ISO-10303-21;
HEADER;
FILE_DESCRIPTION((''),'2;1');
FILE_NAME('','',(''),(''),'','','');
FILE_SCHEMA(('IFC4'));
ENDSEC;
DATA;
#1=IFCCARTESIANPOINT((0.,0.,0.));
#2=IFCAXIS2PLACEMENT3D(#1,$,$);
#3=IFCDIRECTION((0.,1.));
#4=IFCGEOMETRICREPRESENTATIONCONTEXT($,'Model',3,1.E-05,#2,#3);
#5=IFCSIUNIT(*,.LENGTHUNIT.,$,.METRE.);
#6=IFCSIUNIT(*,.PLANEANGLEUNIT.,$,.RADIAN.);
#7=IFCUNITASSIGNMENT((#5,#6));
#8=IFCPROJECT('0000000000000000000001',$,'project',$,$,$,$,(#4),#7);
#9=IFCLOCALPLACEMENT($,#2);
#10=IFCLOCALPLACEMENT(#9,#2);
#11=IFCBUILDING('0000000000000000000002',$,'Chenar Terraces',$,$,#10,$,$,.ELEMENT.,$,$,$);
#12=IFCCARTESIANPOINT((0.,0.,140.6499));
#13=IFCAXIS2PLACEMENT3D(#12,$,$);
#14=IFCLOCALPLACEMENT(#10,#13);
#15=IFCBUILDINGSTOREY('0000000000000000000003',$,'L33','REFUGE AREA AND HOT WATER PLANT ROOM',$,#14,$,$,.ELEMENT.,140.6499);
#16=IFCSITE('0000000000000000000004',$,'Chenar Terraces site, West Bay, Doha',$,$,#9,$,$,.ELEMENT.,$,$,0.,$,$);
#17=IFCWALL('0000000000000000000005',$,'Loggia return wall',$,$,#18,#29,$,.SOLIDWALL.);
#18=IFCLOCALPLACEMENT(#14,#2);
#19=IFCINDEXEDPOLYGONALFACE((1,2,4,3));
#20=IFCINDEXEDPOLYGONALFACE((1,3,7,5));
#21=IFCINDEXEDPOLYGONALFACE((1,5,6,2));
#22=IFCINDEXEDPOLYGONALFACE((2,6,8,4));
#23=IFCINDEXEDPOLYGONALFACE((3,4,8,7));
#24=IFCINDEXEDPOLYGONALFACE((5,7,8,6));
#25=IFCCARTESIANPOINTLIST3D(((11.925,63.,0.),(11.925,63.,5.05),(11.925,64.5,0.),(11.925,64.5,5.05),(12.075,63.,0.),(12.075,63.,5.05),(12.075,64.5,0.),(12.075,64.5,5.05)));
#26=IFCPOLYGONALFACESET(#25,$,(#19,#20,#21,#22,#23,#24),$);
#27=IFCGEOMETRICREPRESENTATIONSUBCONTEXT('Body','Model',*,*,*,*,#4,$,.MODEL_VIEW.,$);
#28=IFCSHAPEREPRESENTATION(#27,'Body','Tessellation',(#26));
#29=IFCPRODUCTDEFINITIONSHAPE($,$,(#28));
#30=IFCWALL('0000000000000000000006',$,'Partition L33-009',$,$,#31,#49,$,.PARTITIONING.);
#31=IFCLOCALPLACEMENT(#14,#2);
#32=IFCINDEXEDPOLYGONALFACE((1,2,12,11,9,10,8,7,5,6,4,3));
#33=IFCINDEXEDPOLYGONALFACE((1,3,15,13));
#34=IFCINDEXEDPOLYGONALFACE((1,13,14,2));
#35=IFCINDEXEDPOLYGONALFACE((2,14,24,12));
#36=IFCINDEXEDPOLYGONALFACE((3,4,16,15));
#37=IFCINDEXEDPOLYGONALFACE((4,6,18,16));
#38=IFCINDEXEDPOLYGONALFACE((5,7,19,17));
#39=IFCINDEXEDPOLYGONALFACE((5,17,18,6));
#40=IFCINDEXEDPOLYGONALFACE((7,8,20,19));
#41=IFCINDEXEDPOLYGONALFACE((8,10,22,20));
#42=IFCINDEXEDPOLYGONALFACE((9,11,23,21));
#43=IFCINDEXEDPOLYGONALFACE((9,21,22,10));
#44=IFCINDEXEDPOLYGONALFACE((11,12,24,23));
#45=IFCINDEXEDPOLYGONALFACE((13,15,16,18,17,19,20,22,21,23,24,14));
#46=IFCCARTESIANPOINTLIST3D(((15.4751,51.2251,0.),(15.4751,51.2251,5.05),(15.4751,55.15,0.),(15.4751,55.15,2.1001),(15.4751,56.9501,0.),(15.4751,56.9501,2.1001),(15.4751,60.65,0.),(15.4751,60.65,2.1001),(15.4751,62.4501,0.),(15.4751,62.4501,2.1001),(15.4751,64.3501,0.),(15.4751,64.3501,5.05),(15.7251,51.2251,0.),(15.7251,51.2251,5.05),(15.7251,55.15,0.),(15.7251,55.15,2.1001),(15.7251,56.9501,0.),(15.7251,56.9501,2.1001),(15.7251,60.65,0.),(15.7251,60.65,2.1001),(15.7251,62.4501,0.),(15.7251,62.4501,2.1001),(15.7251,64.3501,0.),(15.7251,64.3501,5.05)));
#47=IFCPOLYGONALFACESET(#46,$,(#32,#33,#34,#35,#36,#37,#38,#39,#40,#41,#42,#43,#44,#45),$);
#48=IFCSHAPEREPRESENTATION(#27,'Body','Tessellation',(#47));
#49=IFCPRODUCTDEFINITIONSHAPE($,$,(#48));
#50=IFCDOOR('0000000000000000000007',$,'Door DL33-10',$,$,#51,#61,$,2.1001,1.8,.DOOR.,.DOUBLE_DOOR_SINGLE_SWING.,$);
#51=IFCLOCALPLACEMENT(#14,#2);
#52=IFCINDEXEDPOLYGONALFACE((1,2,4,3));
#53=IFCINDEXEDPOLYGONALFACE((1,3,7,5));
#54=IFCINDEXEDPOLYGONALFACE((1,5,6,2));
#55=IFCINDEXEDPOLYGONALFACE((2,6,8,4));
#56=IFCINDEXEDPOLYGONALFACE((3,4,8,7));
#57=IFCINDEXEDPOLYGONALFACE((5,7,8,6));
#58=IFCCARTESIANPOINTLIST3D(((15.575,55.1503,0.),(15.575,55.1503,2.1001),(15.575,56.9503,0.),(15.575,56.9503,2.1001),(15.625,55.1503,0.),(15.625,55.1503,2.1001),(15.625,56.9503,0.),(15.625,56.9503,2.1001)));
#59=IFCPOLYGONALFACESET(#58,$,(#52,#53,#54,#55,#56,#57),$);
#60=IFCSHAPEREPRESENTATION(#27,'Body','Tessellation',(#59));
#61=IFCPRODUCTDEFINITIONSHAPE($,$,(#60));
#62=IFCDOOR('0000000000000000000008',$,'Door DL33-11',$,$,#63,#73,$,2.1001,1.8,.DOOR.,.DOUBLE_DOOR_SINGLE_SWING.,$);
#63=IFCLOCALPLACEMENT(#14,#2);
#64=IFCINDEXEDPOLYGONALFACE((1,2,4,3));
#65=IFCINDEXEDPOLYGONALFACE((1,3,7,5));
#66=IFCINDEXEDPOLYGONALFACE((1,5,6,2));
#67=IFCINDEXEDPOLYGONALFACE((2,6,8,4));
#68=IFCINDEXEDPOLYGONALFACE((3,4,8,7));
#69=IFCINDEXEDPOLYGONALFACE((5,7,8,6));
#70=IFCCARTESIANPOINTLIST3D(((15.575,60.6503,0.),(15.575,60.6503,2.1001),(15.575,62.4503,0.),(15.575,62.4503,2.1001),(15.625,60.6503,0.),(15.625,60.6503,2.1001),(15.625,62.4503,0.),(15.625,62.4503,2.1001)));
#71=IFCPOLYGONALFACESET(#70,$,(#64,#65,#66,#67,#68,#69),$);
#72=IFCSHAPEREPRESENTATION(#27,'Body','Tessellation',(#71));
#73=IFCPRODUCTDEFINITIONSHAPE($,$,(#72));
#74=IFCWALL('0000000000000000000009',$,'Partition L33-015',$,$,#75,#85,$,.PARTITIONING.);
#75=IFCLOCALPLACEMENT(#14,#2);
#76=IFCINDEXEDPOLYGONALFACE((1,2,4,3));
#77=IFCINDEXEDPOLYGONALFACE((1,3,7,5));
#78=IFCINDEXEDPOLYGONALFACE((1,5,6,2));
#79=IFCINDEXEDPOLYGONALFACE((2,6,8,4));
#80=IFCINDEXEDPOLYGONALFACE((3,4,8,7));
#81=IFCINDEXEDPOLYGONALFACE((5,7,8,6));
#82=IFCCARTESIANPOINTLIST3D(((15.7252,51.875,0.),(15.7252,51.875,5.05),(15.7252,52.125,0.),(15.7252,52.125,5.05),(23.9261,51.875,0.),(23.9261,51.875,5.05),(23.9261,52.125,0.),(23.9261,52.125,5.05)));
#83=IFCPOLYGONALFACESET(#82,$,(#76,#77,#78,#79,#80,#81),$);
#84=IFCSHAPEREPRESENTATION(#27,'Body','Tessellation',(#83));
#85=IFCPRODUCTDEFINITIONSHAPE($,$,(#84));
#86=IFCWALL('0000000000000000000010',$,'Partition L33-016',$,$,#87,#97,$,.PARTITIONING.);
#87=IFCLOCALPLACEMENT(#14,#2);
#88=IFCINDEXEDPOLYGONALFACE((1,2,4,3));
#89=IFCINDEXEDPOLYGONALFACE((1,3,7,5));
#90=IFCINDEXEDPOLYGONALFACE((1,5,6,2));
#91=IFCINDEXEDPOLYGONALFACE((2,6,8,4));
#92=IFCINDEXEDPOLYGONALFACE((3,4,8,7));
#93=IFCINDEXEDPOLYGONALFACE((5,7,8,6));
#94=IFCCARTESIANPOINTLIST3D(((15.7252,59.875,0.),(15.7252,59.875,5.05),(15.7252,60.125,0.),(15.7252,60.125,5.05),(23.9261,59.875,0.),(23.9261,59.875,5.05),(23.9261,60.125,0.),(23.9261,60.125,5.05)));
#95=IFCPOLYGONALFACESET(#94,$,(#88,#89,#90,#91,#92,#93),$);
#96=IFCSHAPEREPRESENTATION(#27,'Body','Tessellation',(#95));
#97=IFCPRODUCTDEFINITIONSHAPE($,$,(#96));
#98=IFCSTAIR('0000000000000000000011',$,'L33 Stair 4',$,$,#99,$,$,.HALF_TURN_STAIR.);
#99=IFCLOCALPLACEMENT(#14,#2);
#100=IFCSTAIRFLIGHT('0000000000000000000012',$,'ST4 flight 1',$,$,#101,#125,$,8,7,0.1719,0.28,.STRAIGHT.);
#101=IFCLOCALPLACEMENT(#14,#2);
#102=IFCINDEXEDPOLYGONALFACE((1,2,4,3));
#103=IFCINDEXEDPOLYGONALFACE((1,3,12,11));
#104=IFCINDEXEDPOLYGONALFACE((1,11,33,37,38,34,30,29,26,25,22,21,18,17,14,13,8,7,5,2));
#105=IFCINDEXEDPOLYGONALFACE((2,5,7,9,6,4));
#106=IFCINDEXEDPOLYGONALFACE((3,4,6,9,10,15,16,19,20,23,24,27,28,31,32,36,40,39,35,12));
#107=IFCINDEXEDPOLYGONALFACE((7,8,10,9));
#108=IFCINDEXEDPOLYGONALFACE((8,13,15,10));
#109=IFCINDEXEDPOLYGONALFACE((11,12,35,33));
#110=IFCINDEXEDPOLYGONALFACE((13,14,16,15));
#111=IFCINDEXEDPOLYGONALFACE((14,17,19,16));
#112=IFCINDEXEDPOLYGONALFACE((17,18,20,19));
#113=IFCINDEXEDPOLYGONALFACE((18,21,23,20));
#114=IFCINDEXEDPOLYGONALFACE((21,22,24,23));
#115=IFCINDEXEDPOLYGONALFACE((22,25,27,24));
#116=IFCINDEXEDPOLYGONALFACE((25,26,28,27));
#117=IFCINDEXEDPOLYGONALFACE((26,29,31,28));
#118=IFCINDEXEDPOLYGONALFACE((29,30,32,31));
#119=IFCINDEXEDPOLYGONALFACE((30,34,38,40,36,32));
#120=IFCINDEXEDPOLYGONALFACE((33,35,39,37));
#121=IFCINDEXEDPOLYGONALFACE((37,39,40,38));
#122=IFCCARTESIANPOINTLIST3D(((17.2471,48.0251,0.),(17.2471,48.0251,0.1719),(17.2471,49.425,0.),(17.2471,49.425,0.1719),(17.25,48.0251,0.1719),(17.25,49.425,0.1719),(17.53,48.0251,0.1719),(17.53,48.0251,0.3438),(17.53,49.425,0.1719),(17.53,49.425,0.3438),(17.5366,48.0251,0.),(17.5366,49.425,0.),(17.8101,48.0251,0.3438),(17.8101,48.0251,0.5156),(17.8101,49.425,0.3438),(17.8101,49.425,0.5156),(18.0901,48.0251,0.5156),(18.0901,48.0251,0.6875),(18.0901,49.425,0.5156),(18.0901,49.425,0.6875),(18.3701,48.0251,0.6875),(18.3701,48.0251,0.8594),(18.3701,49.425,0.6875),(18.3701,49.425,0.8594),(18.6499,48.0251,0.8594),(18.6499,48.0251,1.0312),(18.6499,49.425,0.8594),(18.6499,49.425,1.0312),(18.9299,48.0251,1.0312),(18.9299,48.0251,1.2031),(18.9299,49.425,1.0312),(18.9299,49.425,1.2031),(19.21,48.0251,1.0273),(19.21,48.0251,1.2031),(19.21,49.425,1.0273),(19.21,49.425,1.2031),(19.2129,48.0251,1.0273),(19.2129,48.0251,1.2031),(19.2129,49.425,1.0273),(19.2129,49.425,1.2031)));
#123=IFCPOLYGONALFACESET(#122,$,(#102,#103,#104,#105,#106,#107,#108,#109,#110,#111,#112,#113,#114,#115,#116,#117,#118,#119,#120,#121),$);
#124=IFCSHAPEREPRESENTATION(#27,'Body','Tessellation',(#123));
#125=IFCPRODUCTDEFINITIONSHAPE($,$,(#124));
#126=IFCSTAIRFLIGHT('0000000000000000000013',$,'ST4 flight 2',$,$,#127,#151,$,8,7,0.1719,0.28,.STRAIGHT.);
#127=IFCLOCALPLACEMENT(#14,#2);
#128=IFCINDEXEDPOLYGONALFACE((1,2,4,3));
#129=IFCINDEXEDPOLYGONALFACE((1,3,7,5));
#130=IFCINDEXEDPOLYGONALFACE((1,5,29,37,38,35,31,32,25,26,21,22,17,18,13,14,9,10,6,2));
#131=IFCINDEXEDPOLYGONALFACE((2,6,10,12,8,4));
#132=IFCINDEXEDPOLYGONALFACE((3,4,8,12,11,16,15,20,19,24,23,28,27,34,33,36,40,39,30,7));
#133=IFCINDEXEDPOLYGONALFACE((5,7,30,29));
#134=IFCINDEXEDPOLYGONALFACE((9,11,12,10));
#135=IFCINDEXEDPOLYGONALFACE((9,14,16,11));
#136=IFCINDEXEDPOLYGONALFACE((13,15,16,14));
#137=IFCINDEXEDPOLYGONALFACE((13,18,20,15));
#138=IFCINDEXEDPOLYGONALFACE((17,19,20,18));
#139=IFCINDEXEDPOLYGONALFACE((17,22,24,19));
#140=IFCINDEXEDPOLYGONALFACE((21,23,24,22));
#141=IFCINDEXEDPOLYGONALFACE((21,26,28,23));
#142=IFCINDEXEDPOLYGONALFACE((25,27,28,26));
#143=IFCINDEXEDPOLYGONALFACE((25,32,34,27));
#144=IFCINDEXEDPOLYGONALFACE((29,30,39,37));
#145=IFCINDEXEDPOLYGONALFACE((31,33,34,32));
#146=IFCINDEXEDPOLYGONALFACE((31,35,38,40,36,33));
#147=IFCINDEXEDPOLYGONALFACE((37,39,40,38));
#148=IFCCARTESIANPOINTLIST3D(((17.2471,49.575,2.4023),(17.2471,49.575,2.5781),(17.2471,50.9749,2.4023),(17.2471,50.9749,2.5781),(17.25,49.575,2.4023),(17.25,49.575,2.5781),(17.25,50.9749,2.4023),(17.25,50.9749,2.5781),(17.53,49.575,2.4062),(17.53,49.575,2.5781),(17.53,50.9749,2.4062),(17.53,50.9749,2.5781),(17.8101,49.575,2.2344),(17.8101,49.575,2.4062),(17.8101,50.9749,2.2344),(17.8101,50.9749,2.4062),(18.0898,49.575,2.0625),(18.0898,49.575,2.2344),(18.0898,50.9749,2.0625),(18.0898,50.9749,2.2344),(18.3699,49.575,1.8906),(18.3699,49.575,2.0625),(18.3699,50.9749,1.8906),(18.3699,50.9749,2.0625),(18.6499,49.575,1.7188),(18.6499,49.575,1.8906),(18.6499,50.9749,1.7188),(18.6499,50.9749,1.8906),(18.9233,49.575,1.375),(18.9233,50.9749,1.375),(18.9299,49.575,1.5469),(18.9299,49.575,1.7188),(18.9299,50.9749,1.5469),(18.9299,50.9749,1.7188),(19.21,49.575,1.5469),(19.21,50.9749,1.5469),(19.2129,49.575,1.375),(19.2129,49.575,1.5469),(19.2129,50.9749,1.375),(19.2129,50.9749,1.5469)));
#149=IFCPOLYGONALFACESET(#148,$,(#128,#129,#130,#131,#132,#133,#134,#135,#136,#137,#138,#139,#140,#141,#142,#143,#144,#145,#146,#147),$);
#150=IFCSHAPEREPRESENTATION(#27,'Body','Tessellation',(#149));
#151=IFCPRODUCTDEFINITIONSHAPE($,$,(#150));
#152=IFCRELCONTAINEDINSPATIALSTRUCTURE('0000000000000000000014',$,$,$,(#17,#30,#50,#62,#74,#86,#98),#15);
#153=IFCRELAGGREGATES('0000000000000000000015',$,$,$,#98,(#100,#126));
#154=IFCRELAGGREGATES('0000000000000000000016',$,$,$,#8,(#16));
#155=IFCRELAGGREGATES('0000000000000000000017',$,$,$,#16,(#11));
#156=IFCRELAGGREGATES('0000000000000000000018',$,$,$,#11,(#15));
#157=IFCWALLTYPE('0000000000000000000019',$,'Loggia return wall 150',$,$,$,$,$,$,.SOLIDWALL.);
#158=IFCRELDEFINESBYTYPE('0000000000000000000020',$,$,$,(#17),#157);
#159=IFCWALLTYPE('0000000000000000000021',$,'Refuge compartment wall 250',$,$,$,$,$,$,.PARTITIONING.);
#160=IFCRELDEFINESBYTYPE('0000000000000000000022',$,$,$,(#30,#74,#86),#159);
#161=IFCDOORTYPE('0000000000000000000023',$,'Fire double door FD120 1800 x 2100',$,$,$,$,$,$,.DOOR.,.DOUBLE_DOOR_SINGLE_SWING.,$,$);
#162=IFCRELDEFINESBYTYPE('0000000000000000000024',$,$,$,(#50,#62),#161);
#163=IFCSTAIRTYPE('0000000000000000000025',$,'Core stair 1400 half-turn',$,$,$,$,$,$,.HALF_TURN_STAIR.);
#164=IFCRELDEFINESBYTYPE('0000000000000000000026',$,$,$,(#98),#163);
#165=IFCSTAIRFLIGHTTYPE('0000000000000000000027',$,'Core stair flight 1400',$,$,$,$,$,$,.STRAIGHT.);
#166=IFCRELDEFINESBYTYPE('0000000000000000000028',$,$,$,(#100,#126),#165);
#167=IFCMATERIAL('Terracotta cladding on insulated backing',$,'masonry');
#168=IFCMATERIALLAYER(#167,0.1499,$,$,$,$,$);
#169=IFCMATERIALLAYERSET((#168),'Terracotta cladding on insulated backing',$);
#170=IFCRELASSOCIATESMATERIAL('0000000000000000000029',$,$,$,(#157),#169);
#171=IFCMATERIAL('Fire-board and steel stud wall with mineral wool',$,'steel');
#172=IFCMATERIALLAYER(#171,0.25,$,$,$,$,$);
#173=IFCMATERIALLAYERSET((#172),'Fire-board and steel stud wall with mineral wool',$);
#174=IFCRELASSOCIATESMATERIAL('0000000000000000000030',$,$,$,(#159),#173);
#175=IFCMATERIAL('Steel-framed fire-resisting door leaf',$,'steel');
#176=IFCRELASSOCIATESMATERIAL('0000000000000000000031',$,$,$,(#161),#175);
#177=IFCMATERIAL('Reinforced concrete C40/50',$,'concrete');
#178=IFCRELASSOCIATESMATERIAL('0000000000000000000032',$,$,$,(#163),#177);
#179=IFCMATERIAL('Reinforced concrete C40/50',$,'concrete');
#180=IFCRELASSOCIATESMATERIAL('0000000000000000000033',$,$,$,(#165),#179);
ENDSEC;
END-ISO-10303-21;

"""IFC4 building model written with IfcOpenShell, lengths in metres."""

from ifc_helpers import new_model, si_unit, direction, frame, frame_2d, origin, place, context, subcontext, project, spatial, polyline, rectangle, outline, extrude, material, layer, layer_set, type_object, element, fill, aggregate, save


model = new_model("IFC4")

# Units and contexts
model_context = context("Model", 3, precision=1e-05, world=origin(), true_north=direction((0.0, 1.0)))
body_context = subcontext(model_context, "Body", "Model", "MODEL_VIEW")
ifc_project = project(units=[si_unit("LENGTHUNIT", "METRE"), si_unit("PLANEANGLEUNIT", "RADIAN")], contexts=[model_context])

# Site, building, storey
site_placement = place(None, origin())
site = spatial("IfcSite", under=ifc_project, at=site_placement, Name="Chenar Terraces site, West Bay, Doha", CompositionType="ELEMENT", RefElevation=0.0)
building_placement = place(site_placement, origin())
building = spatial("IfcBuilding", under=site, at=building_placement, Name="Chenar Terraces", CompositionType="ELEMENT")
storey_placement = place(building_placement, frame((0.0, 0.0, 140.6499)))
storey = spatial("IfcBuildingStorey", under=building, at=storey_placement, Name="L33", Description="REFUGE AREA AND HOT WATER PLANT ROOM", CompositionType="ELEMENT", Elevation=140.6499)

# Wall
ifc_material_1 = material(Name="Terracotta cladding on insulated backing", Category="masonry")
ifc_layer_1 = layer(ifc_material_1, 0.1499)
ifc_layer_set_1 = layer_set([ifc_layer_1], Name="Terracotta cladding on insulated backing")
wall_type_1 = type_object("IfcWallType", Name="Loggia return wall 150", PredefinedType="SOLIDWALL", material=ifc_layer_set_1)
wall_1_placement = place(storey_placement, frame((12.0, 64.5, 0.0), z_axis=(0.0, 0.0, 1.0), x_axis=(0.0, -1.0, 0.0)))
element("IfcWall", 1, at=wall_1_placement, inside=storey, type_object=wall_type_1, Name="Loggia return wall", PredefinedType="SOLIDWALL", context=body_context, shape_type="SweptSolid", body=[
    extrude(rectangle(XDim=1.5, YDim=0.1499, at=frame_2d((0.75, 0.0))), origin(), (0.0, 0.0, 1.0), 5.05),
])

# Wall, openings, doors
ifc_material_2 = material(Name="Fire-board and steel stud wall with mineral wool", Category="steel")
ifc_layer_2 = layer(ifc_material_2, 0.25)
ifc_layer_set_2 = layer_set([ifc_layer_2], Name="Fire-board and steel stud wall with mineral wool")
wall_type_2 = type_object("IfcWallType", Name="Refuge compartment wall 250", PredefinedType="PARTITIONING", material=ifc_layer_set_2)
wall_2_placement = place(storey_placement, frame((15.6001, 51.2251, 0.0), z_axis=(0.0, 0.0, 1.0), x_axis=(0.0, 1.0, 0.0)))
wall_2 = element("IfcWall", 2, at=wall_2_placement, inside=storey, type_object=wall_type_2, Name="Partition L33-009", PredefinedType="PARTITIONING", context=body_context, shape_type="SweptSolid", body=[
    extrude(rectangle(XDim=13.125, YDim=0.25, at=frame_2d((6.5625, 0.0))), origin(), (0.0, 0.0, 1.0), 5.05),
])
opening_1_placement = place(wall_2_placement, frame((3.925, 0.0, 0.0)))
opening_1 = element("IfcOpeningElement", 3, at=opening_1_placement, cuts=wall_2, PredefinedType="OPENING", context=body_context, shape_type="SweptSolid", body=[
    extrude(rectangle(XDim=1.8, YDim=2.1001, at=frame_2d((0.8999, 1.05))), frame((0.0, 0.135, 0.0), z_axis=(0.0, -1.0, 0.0), x_axis=(1.0, 0.0, 0.0)), (0.0, 0.0, 1.0), 0.27),
])
opening_2_placement = place(wall_2_placement, frame((9.425, 0.0, 0.0)))
opening_2 = element("IfcOpeningElement", 4, at=opening_2_placement, cuts=wall_2, PredefinedType="OPENING", context=body_context, shape_type="SweptSolid", body=[
    extrude(rectangle(XDim=1.8, YDim=2.1001, at=frame_2d((0.8999, 1.05))), frame((0.0, 0.135, 0.0), z_axis=(0.0, -1.0, 0.0), x_axis=(1.0, 0.0, 0.0)), (0.0, 0.0, 1.0), 0.27),
])
ifc_material_3 = material(Name="Steel-framed fire-resisting door leaf", Category="steel")
door_type_1 = type_object("IfcDoorType", Name="Fire double door FD120 1800 x 2100", OperationType="DOUBLE_DOOR_SINGLE_SWING", PredefinedType="DOOR", material=ifc_material_3)
door_1_placement = place(opening_1_placement, frame((1.8, 0.0, 0.0), z_axis=(0.0, 0.0, 1.0), x_axis=(-1.0, 0.0, 0.0)))
door_1 = element("IfcDoor", 5, at=door_1_placement, inside=storey, type_object=door_type_1, Name="Door DL33-10", OperationType="DOUBLE_DOOR_SINGLE_SWING", OverallHeight=2.1001, OverallWidth=1.8, PredefinedType="DOOR", context=body_context, shape_type="SweptSolid", body=[
    extrude(rectangle(XDim=1.8, YDim=2.1001, at=frame_2d((0.8999, 1.05))), frame((0.0, 0.0249, 0.0), z_axis=(0.0, -1.0, 0.0), x_axis=(1.0, 0.0, 0.0)), (0.0, 0.0, 1.0), 0.05),
])
fill(opening_1, door_1)
door_2_placement = place(opening_2_placement, frame((1.8, 0.0, 0.0), z_axis=(0.0, 0.0, 1.0), x_axis=(-1.0, 0.0, 0.0)))
door_2 = element("IfcDoor", 6, at=door_2_placement, inside=storey, type_object=door_type_1, Name="Door DL33-11", OperationType="DOUBLE_DOOR_SINGLE_SWING", OverallHeight=2.1001, OverallWidth=1.8, PredefinedType="DOOR", context=body_context, shape_type="SweptSolid", body=[
    extrude(rectangle(XDim=1.8, YDim=2.1001, at=frame_2d((0.8999, 1.05))), frame((0.0, 0.0249, 0.0), z_axis=(0.0, -1.0, 0.0), x_axis=(1.0, 0.0, 0.0)), (0.0, 0.0, 1.0), 0.05),
])
fill(opening_2, door_2)

# Walls
for number, where, z_axis, x_axis, name in (
    (7, (15.7251, 52.0, 0.0), (0.0, 0.0, 1.0), (1.0, 0.0, 0.0), "Partition L33-015"),
    (8, (15.7251, 60.0, 0.0), (0.0, 0.0, 1.0), (1.0, 0.0, 0.0), "Partition L33-016"),
):
    element("IfcWall", number, at=place(storey_placement, frame(where, z_axis=z_axis, x_axis=x_axis)), inside=storey, type_object=wall_type_2, Name=name, PredefinedType="PARTITIONING", context=body_context, shape_type="SweptSolid", body=[
        extrude(rectangle(XDim=8.2009, YDim=0.25, at=frame_2d((4.1006, 0.0))), origin(), (0.0, 0.0, 1.0), 5.05),
    ])

# Stair, stair flights
ifc_material_4 = material(Name="Reinforced concrete C40/50", Category="concrete")
stair_type = type_object("IfcStairType", Name="Core stair 1400 half-turn", PredefinedType="HALF_TURN_STAIR", material=ifc_material_4)
stair_placement = place(storey_placement, origin())
stair = element("IfcStair", 9, at=stair_placement, inside=storey, type_object=stair_type, Name="L33 Stair 4", PredefinedType="HALF_TURN_STAIR")
ifc_material_5 = material(Name="Reinforced concrete C40/50", Category="concrete")
stair_flight_type = type_object("IfcStairFlightType", Name="Core stair flight 1400", PredefinedType="STRAIGHT", material=ifc_material_5)
stair_flight_1_placement = place(storey_placement, frame((17.25, 48.7251, 0.0), z_axis=(0.0, 0.0, 1.0), x_axis=(1.0, 0.0, 0.0)))
stair_flight_1 = element("IfcStairFlight", 10, at=stair_flight_1_placement, type_object=stair_flight_type, Name="ST4 flight 1", NumberOfRisers=8, NumberOfTreads=7, PredefinedType="STRAIGHT", RiserHeight=0.1719, TreadLength=0.28, context=body_context, shape_type="SweptSolid", body=[
    extrude(outline(polyline([(-0.0029, 0.0), (-0.0029, 0.1719), (0.0, 0.1719), (0.28, 0.1719), (0.28, 0.3438), (0.5601, 0.3438), (0.5601, 0.5156), (0.8401, 0.5156), (0.8401, 0.6875), (1.1201, 0.6875), (1.1201, 0.8594), (1.3999, 0.8594), (1.3999, 1.0312), (1.6799, 1.0312), (1.6799, 1.2031), (1.96, 1.2031), (1.9629, 1.2031), (1.9629, 1.0273), (1.96, 1.0273), (0.2866, 0.0), (-0.0029, 0.0)])), frame((0.0, 0.7, 0.0), z_axis=(0.0, -1.0, 0.0), x_axis=(1.0, 0.0, 0.0)), (0.0, 0.0, 1.0), 1.3999),
])
stair_flight_2_placement = place(storey_placement, frame((19.21, 50.2749, 1.375), z_axis=(0.0, 0.0, 1.0), x_axis=(-1.0, 0.0, 0.0)))
stair_flight_2 = element("IfcStairFlight", 11, at=stair_flight_2_placement, type_object=stair_flight_type, Name="ST4 flight 2", NumberOfRisers=8, NumberOfTreads=7, PredefinedType="STRAIGHT", RiserHeight=0.1719, TreadLength=0.28, context=body_context, shape_type="SweptSolid", body=[
    extrude(outline(polyline([(-0.0029, 0.0), (-0.0029, 0.1719), (0.0, 0.1719), (0.28, 0.1719), (0.28, 0.3438), (0.5601, 0.3438), (0.5601, 0.5156), (0.8401, 0.5156), (0.8401, 0.6875), (1.1201, 0.6875), (1.1201, 0.8594), (1.3999, 0.8594), (1.3999, 1.0312), (1.6799, 1.0312), (1.6799, 1.2031), (1.96, 1.2031), (1.9629, 1.2031), (1.9629, 1.0273), (1.96, 1.0273), (0.2866, 0.0), (-0.0029, 0.0)])), frame((0.0, 0.7, 0.0), z_axis=(0.0, -1.0, 0.0), x_axis=(1.0, 0.0, 0.0)), (0.0, 0.0, 1.0), 1.3999),
])
aggregate(stair, [stair_flight_1, stair_flight_2])

save(model, "model.ifc")
